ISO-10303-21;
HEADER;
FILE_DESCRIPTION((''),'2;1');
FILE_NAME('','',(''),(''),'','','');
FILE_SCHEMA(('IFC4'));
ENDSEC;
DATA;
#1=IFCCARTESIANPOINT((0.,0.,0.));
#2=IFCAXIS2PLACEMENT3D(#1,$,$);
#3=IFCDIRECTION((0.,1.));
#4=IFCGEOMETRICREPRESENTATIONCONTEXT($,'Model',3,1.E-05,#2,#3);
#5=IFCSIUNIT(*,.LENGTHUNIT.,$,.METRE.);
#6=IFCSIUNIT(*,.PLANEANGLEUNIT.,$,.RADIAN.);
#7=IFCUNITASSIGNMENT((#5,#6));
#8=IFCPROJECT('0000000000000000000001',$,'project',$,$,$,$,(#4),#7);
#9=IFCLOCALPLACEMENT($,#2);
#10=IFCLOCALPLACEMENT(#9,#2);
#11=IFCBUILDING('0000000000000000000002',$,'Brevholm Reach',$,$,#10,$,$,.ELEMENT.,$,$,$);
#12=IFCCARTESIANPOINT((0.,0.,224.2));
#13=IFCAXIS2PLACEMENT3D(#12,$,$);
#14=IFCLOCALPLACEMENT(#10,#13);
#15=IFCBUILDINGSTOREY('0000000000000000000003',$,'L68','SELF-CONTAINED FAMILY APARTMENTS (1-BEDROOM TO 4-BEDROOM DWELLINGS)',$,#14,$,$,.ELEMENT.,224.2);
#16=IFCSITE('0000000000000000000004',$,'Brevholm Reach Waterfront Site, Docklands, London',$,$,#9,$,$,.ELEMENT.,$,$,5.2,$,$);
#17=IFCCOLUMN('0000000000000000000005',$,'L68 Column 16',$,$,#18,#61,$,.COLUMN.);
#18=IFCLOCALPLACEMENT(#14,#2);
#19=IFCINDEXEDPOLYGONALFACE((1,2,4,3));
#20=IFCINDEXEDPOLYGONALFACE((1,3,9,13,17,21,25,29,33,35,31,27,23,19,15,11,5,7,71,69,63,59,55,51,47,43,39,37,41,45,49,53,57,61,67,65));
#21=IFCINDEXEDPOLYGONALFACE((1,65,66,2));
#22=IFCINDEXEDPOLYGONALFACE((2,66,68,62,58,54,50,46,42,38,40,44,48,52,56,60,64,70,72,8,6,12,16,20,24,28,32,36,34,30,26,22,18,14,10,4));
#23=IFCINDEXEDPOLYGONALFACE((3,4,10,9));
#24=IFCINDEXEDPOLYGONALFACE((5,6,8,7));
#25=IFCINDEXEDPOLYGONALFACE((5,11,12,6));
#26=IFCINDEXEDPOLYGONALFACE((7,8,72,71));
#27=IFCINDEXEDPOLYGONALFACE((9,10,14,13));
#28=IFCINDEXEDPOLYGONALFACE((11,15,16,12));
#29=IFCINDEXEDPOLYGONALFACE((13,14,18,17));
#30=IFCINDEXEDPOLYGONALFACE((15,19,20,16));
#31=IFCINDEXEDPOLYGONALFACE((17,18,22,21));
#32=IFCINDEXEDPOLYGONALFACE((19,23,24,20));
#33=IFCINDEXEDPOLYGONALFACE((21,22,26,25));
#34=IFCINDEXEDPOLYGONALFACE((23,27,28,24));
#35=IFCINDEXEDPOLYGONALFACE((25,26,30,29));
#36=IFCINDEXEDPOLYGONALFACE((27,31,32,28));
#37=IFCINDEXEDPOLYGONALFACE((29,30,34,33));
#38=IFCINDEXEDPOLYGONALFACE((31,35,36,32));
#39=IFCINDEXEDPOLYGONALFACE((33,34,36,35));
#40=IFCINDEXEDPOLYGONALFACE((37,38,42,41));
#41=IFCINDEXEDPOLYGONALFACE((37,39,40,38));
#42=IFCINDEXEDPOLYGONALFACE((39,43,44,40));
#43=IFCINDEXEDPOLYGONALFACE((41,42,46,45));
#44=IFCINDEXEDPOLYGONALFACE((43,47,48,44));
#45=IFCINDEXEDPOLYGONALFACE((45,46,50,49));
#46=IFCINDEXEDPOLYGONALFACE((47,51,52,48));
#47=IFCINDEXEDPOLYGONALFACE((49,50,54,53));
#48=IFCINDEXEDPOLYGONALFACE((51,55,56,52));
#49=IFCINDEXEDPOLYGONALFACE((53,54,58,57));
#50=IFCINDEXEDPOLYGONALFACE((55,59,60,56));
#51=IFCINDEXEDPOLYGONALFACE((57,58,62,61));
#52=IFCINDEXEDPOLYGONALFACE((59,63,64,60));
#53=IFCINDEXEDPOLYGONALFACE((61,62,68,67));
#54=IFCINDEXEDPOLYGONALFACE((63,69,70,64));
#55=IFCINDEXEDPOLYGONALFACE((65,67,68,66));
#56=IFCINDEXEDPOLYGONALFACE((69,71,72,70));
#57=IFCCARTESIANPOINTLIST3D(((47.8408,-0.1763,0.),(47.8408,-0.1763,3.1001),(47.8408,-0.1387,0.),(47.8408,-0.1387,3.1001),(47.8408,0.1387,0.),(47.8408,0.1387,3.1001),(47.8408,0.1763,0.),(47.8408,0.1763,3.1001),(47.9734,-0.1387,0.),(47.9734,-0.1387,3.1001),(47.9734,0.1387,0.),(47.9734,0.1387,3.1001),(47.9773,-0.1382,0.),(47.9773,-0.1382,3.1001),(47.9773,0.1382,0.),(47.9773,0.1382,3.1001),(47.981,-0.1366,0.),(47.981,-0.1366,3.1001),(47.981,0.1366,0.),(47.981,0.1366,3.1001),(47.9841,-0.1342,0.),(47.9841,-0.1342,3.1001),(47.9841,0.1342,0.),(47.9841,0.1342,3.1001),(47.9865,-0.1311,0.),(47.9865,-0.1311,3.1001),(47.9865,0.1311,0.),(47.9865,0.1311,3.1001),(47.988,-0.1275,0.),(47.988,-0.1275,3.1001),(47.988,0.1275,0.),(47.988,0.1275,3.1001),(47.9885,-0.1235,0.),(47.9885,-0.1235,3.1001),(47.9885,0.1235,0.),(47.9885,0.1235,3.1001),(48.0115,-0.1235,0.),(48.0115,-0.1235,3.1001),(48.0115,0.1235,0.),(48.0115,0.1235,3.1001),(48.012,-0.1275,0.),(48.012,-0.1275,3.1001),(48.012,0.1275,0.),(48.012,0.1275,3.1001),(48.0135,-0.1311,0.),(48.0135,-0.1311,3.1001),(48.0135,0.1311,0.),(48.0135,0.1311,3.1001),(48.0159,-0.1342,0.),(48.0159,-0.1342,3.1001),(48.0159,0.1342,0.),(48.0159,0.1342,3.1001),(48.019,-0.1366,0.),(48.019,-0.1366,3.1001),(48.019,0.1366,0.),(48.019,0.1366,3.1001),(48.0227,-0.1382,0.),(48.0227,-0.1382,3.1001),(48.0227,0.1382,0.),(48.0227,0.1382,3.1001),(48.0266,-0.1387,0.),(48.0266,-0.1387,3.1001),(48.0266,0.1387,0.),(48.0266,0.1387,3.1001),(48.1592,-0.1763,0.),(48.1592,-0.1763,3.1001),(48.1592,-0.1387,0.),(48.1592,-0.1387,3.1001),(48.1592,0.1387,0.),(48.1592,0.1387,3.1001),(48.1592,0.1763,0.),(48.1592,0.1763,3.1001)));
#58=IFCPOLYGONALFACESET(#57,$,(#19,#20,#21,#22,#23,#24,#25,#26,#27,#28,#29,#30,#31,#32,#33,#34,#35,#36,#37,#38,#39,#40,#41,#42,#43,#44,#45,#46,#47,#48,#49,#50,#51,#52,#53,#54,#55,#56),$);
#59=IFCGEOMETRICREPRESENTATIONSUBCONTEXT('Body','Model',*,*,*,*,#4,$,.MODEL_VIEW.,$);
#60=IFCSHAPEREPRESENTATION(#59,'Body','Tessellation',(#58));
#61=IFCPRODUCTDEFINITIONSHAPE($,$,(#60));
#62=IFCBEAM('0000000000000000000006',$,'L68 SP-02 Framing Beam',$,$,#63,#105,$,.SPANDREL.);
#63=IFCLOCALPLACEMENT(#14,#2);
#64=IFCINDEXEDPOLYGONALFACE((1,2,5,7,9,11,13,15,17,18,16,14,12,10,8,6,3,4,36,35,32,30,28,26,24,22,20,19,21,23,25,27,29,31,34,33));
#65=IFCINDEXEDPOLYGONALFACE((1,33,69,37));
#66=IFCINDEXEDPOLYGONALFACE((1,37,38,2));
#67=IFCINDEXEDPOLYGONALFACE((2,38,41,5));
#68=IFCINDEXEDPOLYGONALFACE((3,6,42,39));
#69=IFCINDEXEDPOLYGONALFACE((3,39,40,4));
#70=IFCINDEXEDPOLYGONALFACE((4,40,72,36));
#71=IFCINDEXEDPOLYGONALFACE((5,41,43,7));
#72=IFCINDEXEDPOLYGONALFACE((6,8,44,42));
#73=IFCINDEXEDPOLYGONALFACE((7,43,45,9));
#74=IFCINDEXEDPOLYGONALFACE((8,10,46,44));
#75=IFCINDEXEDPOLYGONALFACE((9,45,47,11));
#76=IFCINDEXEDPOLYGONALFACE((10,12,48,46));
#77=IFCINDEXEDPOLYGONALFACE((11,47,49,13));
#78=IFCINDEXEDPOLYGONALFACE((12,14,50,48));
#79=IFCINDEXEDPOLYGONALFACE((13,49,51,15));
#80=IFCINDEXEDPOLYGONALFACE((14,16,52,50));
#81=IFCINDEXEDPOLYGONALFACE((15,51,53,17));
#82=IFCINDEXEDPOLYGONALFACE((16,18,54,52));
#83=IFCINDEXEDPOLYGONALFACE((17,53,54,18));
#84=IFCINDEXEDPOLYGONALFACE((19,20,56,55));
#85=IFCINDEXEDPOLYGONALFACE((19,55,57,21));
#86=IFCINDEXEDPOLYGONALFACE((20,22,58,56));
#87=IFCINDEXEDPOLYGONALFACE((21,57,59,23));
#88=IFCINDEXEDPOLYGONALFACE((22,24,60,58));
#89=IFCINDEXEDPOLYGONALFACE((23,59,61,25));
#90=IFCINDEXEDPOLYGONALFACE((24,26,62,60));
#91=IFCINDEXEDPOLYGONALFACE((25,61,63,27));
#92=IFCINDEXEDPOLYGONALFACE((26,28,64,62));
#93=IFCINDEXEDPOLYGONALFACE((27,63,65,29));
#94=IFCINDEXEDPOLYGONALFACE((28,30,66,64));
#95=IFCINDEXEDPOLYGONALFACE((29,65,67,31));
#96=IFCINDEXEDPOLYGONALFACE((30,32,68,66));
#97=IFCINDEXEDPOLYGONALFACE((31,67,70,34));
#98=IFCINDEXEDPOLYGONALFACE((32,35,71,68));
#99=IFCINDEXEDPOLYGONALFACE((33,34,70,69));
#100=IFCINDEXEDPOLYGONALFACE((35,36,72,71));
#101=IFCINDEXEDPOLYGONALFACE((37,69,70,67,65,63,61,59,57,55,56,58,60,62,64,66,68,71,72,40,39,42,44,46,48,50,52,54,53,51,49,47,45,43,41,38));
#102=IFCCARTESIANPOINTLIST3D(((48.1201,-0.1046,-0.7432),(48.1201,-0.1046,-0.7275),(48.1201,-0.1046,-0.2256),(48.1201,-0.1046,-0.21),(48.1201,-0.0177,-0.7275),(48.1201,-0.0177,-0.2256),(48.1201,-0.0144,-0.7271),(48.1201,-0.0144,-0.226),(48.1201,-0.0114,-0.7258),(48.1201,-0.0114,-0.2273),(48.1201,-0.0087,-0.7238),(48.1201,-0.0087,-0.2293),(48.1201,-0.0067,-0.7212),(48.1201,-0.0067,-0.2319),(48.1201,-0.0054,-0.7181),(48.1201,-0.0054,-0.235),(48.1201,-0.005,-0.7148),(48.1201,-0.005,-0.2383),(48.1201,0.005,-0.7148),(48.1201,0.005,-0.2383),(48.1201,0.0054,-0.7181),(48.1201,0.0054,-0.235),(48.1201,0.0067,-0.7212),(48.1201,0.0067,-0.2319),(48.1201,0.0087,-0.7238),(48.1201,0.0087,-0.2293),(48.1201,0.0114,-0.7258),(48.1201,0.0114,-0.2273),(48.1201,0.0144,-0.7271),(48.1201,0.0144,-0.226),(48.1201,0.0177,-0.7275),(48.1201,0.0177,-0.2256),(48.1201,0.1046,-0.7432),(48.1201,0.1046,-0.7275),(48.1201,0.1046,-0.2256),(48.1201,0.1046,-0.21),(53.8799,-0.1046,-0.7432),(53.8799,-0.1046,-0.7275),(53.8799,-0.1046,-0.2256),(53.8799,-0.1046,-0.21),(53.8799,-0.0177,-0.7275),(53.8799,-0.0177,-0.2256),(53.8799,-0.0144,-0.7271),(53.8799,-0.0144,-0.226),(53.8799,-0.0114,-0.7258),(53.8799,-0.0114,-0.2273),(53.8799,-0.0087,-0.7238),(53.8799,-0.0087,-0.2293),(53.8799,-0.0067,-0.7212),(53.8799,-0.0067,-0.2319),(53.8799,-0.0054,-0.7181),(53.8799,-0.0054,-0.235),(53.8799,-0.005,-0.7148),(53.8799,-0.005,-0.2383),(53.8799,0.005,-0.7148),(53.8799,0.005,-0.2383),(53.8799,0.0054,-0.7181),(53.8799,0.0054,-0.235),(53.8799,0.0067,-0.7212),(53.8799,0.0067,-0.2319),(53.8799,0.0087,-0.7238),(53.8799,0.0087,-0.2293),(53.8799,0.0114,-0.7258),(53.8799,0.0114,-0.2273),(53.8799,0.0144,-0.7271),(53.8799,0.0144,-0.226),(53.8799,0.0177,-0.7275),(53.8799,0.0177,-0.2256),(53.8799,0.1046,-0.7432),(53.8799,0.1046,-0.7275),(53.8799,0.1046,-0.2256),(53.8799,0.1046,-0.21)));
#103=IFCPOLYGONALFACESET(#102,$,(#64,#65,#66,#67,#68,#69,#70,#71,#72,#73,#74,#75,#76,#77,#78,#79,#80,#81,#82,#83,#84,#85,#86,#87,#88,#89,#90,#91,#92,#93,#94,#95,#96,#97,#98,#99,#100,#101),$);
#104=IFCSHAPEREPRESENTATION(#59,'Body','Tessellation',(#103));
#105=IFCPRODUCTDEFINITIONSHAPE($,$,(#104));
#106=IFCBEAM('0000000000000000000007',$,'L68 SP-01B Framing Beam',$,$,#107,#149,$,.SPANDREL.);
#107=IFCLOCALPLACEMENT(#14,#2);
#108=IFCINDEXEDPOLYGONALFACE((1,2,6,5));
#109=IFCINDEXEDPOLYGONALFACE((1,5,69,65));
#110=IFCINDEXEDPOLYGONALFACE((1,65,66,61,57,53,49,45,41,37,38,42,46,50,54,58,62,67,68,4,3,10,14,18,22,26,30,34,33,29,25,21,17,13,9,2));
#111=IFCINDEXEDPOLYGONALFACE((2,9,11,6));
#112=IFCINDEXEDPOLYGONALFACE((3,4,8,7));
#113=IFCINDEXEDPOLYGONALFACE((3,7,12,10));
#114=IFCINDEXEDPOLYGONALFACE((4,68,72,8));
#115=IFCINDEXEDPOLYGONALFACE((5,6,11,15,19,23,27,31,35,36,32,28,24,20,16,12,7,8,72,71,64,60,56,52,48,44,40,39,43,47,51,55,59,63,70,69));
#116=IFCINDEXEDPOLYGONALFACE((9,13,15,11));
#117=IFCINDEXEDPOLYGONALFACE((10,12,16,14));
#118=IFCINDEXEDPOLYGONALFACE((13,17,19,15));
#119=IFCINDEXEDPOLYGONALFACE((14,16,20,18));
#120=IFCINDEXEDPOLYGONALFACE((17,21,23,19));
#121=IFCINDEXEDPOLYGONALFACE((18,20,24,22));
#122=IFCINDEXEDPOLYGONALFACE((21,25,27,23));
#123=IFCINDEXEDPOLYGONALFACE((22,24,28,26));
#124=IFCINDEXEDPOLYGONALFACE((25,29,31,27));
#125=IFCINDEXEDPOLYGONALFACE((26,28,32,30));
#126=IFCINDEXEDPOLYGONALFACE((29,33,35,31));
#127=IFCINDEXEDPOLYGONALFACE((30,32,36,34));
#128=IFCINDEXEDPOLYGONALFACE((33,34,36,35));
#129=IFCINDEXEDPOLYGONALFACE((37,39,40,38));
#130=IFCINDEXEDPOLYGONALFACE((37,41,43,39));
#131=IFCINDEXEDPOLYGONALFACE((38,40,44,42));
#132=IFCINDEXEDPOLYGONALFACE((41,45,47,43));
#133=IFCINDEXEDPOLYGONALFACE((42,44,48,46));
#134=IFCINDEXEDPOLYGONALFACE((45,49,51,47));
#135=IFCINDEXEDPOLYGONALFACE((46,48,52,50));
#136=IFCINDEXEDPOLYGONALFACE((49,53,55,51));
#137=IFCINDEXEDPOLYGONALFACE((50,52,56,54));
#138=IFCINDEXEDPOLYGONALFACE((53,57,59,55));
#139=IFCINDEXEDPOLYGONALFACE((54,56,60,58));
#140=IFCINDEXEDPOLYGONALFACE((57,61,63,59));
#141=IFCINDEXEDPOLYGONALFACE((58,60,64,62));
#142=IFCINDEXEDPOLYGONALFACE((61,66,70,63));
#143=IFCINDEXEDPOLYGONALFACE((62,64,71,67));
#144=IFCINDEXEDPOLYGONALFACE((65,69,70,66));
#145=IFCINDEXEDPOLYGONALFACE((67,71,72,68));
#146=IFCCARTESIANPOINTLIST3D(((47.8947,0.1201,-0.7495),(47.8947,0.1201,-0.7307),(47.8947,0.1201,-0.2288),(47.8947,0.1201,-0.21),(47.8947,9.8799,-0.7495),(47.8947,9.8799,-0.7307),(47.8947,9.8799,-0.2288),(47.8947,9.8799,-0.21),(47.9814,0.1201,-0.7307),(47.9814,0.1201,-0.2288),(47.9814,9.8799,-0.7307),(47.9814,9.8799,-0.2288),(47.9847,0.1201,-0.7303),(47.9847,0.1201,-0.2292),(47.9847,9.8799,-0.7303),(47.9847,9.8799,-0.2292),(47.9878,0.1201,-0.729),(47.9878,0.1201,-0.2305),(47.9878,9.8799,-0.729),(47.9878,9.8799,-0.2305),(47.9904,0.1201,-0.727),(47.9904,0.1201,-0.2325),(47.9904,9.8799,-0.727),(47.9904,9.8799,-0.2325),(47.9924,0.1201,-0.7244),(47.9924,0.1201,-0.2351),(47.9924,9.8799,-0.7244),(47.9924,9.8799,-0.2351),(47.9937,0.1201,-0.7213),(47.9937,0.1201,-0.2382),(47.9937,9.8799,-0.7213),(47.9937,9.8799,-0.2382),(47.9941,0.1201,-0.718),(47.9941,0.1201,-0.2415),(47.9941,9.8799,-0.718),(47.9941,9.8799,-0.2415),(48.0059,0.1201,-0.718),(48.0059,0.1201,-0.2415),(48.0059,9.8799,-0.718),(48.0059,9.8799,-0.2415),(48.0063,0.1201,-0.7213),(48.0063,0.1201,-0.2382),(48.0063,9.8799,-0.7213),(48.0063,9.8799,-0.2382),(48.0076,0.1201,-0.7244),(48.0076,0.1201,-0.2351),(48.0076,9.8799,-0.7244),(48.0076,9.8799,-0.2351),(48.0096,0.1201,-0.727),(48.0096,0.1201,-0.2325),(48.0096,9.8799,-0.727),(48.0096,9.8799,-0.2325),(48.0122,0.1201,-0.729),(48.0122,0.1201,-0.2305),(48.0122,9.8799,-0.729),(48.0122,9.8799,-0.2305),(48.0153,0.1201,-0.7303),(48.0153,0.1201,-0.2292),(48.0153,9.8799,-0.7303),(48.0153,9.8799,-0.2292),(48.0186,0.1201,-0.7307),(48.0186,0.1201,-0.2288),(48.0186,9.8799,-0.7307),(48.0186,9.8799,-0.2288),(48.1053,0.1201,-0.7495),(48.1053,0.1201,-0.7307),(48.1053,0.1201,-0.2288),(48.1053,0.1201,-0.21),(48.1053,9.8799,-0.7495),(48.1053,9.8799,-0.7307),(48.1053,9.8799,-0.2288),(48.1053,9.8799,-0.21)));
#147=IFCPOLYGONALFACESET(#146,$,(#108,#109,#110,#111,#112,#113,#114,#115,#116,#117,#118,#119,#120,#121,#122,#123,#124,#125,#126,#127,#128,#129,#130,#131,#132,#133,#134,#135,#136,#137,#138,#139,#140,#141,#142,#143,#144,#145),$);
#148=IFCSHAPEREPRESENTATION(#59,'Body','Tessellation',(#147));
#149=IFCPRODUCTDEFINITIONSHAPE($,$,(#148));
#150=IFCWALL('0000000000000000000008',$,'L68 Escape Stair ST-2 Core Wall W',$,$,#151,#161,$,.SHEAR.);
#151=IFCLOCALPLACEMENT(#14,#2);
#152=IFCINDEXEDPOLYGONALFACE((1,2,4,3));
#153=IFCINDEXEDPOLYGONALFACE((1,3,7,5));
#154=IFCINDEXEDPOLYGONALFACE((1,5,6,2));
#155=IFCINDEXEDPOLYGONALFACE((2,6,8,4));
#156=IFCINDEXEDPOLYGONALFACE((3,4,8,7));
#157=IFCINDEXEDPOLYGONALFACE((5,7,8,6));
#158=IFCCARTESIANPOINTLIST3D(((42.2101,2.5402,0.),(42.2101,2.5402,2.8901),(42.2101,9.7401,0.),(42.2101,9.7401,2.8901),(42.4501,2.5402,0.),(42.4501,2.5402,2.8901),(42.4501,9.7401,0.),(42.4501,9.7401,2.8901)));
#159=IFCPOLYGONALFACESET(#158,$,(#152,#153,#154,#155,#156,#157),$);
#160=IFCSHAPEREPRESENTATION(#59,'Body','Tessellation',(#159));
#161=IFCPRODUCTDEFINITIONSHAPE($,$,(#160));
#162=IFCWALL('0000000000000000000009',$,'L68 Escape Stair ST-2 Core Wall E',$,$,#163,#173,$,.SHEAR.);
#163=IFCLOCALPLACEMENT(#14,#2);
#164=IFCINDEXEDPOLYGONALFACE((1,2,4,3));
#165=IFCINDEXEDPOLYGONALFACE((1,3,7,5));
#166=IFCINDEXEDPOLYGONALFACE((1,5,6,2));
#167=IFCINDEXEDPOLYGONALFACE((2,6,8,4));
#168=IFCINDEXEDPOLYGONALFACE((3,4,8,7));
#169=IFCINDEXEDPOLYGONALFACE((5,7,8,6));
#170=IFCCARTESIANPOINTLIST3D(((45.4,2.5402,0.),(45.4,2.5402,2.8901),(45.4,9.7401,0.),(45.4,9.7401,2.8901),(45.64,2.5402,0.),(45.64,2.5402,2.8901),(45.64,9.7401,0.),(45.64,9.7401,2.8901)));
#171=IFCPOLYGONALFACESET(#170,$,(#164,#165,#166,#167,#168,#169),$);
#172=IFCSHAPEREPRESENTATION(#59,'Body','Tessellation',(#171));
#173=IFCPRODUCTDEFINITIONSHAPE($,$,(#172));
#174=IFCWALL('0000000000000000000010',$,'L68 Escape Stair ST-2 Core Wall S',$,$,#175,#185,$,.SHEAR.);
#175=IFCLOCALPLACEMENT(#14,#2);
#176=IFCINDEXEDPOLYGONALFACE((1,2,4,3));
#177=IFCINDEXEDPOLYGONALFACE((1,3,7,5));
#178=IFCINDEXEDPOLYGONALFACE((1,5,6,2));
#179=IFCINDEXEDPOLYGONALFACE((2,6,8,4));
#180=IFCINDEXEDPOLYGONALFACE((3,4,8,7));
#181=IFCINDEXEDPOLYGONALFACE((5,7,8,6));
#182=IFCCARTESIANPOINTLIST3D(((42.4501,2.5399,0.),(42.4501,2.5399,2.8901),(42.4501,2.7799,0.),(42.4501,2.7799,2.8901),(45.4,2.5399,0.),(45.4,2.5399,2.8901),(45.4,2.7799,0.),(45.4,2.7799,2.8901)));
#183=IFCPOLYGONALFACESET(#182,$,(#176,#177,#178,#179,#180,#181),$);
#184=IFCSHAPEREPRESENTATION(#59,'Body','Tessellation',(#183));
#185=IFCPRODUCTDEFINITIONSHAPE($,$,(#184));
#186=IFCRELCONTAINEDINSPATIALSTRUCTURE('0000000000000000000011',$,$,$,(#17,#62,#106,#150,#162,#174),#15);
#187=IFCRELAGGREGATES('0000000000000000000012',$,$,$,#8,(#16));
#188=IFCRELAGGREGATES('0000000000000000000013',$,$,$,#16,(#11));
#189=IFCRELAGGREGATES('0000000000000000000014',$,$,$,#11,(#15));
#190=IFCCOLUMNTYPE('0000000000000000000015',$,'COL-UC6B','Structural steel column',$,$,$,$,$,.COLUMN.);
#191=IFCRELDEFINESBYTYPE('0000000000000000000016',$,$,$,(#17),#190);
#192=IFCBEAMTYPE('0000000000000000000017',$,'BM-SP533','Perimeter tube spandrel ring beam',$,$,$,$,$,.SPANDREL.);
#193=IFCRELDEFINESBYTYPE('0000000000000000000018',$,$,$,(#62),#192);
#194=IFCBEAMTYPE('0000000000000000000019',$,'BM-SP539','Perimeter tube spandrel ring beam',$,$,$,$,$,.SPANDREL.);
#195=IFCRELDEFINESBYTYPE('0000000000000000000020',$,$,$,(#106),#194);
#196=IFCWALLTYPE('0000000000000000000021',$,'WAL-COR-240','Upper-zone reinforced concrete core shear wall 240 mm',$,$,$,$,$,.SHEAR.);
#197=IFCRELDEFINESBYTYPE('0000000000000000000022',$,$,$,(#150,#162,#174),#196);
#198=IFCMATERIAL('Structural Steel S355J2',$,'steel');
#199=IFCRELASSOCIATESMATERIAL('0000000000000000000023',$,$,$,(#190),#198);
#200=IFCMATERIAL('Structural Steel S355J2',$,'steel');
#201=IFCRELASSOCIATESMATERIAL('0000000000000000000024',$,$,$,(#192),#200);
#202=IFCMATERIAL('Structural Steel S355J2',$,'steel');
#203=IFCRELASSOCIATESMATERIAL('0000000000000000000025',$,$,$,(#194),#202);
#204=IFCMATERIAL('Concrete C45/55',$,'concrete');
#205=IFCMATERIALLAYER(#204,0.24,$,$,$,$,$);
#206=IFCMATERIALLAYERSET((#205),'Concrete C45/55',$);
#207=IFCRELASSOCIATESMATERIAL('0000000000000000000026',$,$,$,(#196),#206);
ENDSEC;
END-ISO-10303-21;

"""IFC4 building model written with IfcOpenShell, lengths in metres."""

from ifc_helpers import new_model, si_unit, direction, frame, frame_2d, origin, origin_2d, place, context, subcontext, project, spatial, rectangle, i_section, extrude, material, layer, layer_set, material_profile, profile_set, type_object, element, save


model = new_model("IFC4")

# Units and contexts
model_context = context("Model", 3, precision=1e-05, world=origin(), true_north=direction((0.0, 1.0)))
body_context = subcontext(model_context, "Body", "Model", "MODEL_VIEW")
ifc_project = project(units=[si_unit("LENGTHUNIT", "METRE"), si_unit("PLANEANGLEUNIT", "RADIAN")], contexts=[model_context])

# Site, building, storey
site_placement = place(None, origin())
site = spatial("IfcSite", under=ifc_project, at=site_placement, Name="Brevholm Reach Waterfront Site, Docklands, London", CompositionType="ELEMENT", RefElevation=5.2)
building_placement = place(site_placement, origin())
building = spatial("IfcBuilding", under=site, at=building_placement, Name="Brevholm Reach", CompositionType="ELEMENT")
storey_placement = place(building_placement, frame((0.0, 0.0, 224.2)))
storey = spatial("IfcBuildingStorey", under=building, at=storey_placement, Name="L68", Description="SELF-CONTAINED FAMILY APARTMENTS (1-BEDROOM TO 4-BEDROOM DWELLINGS)", CompositionType="ELEMENT", Elevation=224.2)

# Column
ifc_material_1 = material(Name="Structural Steel S355J2", Category="steel")
ifc_material_profile_1 = material_profile(ifc_material_1, i_section(OverallWidth=0.3184, OverallDepth=0.3525, WebThickness=0.0229, FlangeThickness=0.0376, FilletRadius=0.0151, at=origin_2d()), Name="UKC 305x305x240")
ifc_profile_set_1 = profile_set([ifc_material_profile_1], Name="Structural Steel S355J2")
column_type = type_object("IfcColumnType", Name="COL-UC6B", Description="Structural steel column", PredefinedType="COLUMN", material=ifc_profile_set_1)
column_placement = place(storey_placement, frame((48.0, 0.0, 0.0), z_axis=(0.0, 0.0, 1.0), x_axis=(1.0, 0.0, 0.0)))
element("IfcColumn", 1, at=column_placement, inside=storey, type_object=column_type, Name="L68 Column 16", PredefinedType="COLUMN", context=body_context, shape_type="SweptSolid", body=[
    extrude(i_section(OverallWidth=0.3184, OverallDepth=0.3525, WebThickness=0.0229, FlangeThickness=0.0376, FilletRadius=0.0151, at=origin_2d()), origin(), (0.0, 0.0, 1.0), 3.1001),
])

# Beams
ifc_material_2 = material(Name="Structural Steel S355J2", Category="steel")
ifc_material_profile_2 = material_profile(ifc_material_2, i_section(OverallWidth=0.2092, OverallDepth=0.5332, WebThickness=0.01, FlangeThickness=0.0156, FilletRadius=0.0127, at=origin_2d()), Name="UKB 533x210x92")
ifc_profile_set_2 = profile_set([ifc_material_profile_2], Name="Structural Steel S355J2")
beam_type_1 = type_object("IfcBeamType", Name="BM-SP533", Description="Perimeter tube spandrel ring beam", PredefinedType="SPANDREL", material=ifc_profile_set_2)
beam_1_placement = place(storey_placement, frame((48.1201, 0.0, -0.4766), z_axis=(1.0, 0.0, 0.0), x_axis=(0.0, 1.0, 0.0)))
element("IfcBeam", 2, at=beam_1_placement, inside=storey, type_object=beam_type_1, Name="L68 SP-02 Framing Beam", PredefinedType="SPANDREL", context=body_context, shape_type="SweptSolid", body=[
    extrude(i_section(OverallWidth=0.2092, OverallDepth=0.5332, WebThickness=0.01, FlangeThickness=0.0156, FilletRadius=0.0127, at=origin_2d()), origin(), (0.0, 0.0, 1.0), 5.7598),
])
ifc_material_3 = material(Name="Structural Steel S355J2", Category="steel")
ifc_material_profile_3 = material_profile(ifc_material_3, i_section(OverallWidth=0.2107, OverallDepth=0.5396, WebThickness=0.0117, FlangeThickness=0.0188, FilletRadius=0.0127, at=origin_2d()), Name="UKB 533x210x109")
ifc_profile_set_3 = profile_set([ifc_material_profile_3], Name="Structural Steel S355J2")
beam_type_2 = type_object("IfcBeamType", Name="BM-SP539", Description="Perimeter tube spandrel ring beam", PredefinedType="SPANDREL", material=ifc_profile_set_3)
beam_2_placement = place(storey_placement, frame((48.0, 0.1201, -0.4797), z_axis=(0.0, 1.0, 0.0), x_axis=(-1.0, 0.0, 0.0)))
element("IfcBeam", 3, at=beam_2_placement, inside=storey, type_object=beam_type_2, Name="L68 SP-01B Framing Beam", PredefinedType="SPANDREL", context=body_context, shape_type="SweptSolid", body=[
    extrude(i_section(OverallWidth=0.2107, OverallDepth=0.5396, WebThickness=0.0117, FlangeThickness=0.0188, FilletRadius=0.0127, at=origin_2d()), origin(), (0.0, 0.0, 1.0), 9.7598),
])

# Walls
ifc_material_4 = material(Name="Concrete C45/55", Category="concrete")
ifc_layer_1 = layer(ifc_material_4, 0.24)
ifc_layer_set_1 = layer_set([ifc_layer_1], Name="Concrete C45/55")
wall_type_1 = type_object("IfcWallType", Name="WAL-COR-240", Description="Upper-zone reinforced concrete core shear wall 240 mm", PredefinedType="SHEAR", material=ifc_layer_set_1)
for number, where, z_axis, x_axis, name in (
    (4, (42.3301, 2.54, 0.0), (0.0, 0.0, 1.0), (0.0, 1.0, 0.0), "L68 Escape Stair ST-2 Core Wall W"),
    (5, (45.52, 2.54, 0.0), (0.0, 0.0, 1.0), (0.0, 1.0, 0.0), "L68 Escape Stair ST-2 Core Wall E"),
):
    element("IfcWall", number, at=place(storey_placement, frame(where, z_axis=z_axis, x_axis=x_axis)), inside=storey, type_object=wall_type_1, Name=name, PredefinedType="SHEAR", context=body_context, shape_type="SweptSolid", body=[
        extrude(rectangle(XDim=7.2, YDim=0.24, at=frame_2d((3.6001, 0.0))), origin(), (0.0, 0.0, 1.0), 2.8901),
    ])
wall_1_placement = place(storey_placement, frame((42.45, 2.6599, 0.0), z_axis=(0.0, 0.0, 1.0), x_axis=(1.0, 0.0, 0.0)))
element("IfcWall", 6, at=wall_1_placement, inside=storey, type_object=wall_type_1, Name="L68 Escape Stair ST-2 Core Wall S", PredefinedType="SHEAR", context=body_context, shape_type="SweptSolid", body=[
    extrude(rectangle(XDim=2.95, YDim=0.24, at=frame_2d((1.4751, 0.0))), origin(), (0.0, 0.0, 1.0), 2.8901),
])

save(model, "model.ifc")
